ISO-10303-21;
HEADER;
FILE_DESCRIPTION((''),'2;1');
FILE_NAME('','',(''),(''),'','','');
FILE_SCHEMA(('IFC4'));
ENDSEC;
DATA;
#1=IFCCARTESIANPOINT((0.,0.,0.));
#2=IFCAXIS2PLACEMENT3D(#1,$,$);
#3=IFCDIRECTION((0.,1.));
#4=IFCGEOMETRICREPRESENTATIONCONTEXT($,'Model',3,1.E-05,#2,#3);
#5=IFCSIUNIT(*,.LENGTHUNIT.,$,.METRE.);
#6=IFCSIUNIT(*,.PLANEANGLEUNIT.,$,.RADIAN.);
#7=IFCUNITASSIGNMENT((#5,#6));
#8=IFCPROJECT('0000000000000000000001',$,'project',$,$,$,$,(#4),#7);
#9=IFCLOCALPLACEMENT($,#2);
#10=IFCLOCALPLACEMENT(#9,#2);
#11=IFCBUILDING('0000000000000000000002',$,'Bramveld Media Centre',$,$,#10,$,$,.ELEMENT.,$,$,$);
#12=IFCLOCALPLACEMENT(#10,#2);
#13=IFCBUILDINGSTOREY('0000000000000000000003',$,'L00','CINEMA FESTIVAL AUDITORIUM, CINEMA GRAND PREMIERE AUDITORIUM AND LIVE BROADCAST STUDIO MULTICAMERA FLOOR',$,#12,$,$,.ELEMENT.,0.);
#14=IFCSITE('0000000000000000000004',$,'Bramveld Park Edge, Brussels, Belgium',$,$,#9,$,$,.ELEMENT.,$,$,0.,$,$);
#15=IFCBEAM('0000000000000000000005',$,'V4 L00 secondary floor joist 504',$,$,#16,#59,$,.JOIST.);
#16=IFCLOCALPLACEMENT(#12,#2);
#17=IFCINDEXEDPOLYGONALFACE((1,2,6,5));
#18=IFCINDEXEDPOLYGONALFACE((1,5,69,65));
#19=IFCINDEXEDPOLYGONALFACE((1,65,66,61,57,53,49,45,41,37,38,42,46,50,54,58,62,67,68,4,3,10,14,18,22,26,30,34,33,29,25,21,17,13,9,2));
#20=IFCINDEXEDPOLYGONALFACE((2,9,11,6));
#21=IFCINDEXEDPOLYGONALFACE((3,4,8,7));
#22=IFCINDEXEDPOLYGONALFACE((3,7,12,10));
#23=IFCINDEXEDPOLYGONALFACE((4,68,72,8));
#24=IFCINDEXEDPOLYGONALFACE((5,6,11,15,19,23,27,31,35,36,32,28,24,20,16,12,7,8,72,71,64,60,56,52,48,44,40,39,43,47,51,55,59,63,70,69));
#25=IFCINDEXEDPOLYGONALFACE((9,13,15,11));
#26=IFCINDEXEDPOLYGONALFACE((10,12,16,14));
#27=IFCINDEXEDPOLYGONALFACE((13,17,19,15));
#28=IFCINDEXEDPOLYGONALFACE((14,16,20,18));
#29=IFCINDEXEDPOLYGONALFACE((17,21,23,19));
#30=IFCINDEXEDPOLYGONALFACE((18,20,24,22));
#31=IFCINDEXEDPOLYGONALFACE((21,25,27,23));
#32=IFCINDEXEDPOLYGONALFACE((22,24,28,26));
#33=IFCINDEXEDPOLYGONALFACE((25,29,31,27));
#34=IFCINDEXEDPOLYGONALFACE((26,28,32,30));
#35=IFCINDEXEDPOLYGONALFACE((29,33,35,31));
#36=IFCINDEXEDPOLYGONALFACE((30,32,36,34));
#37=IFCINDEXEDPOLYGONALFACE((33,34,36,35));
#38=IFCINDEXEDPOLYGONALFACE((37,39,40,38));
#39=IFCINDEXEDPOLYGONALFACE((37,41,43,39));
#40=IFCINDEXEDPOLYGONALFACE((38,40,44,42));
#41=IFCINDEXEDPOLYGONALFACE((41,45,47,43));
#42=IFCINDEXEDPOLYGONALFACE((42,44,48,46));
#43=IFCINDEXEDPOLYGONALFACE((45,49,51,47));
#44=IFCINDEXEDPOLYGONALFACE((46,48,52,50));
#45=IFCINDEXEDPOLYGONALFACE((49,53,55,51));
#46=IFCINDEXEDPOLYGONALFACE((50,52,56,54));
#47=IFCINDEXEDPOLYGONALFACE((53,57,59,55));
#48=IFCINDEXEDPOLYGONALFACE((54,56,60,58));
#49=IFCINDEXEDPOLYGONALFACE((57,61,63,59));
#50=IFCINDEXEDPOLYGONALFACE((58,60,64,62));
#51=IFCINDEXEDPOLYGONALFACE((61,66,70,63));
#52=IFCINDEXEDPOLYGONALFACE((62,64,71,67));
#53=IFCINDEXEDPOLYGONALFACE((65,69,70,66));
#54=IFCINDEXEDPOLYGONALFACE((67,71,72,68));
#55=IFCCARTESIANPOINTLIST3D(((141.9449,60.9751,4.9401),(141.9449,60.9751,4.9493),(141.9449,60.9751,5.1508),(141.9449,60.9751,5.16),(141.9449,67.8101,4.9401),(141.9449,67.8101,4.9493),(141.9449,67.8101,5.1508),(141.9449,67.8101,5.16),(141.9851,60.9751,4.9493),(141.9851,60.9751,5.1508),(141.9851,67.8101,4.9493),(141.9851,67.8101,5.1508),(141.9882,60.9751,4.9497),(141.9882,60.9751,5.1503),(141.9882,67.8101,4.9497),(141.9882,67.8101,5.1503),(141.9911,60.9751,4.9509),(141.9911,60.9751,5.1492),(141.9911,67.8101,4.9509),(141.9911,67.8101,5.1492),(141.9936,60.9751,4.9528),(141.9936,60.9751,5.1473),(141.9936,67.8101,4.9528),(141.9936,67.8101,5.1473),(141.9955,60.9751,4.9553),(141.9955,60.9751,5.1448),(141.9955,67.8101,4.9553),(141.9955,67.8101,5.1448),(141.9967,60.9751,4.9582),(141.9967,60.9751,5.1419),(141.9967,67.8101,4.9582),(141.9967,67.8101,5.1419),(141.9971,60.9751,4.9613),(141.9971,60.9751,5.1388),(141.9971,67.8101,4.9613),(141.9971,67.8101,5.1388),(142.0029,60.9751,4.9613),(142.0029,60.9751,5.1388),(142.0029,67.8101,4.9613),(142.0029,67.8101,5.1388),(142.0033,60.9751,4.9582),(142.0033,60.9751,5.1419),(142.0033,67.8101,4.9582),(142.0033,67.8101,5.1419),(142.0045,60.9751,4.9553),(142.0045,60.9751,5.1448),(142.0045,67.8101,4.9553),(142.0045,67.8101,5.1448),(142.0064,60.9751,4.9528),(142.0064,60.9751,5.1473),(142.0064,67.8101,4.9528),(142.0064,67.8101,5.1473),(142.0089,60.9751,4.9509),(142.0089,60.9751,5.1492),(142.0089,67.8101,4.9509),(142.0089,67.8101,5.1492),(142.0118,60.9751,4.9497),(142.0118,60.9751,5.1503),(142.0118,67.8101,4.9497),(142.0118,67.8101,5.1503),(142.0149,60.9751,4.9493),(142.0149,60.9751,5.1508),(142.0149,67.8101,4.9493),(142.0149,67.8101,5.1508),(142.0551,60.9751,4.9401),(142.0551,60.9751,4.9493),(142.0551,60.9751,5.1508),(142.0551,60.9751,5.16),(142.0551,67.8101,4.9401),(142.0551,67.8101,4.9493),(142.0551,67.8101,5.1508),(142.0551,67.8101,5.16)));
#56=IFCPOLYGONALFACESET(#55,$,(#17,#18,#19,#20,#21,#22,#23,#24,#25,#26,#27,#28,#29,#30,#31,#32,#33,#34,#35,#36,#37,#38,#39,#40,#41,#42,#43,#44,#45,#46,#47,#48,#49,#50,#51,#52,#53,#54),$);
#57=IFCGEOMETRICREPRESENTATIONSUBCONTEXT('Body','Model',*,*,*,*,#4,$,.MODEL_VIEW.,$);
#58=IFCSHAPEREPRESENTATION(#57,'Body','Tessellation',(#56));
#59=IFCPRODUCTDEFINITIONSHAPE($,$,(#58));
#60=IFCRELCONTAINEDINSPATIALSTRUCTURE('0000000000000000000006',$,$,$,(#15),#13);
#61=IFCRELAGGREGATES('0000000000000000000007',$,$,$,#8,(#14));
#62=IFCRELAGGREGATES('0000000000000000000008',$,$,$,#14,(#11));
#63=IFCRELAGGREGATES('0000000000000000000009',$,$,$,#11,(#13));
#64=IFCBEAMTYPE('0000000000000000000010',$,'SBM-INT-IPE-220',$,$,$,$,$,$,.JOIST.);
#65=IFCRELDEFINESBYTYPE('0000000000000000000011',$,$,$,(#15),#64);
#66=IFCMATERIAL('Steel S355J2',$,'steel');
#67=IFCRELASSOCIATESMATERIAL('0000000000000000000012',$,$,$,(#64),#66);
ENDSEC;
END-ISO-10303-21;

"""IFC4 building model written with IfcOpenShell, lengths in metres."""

from ifc_helpers import new_model, si_unit, direction, frame, origin, origin_2d, place, context, subcontext, project, spatial, i_section, extrude, material, material_profile, profile_set, type_object, element, save


model = new_model("IFC4")

# Units and contexts
model_context = context("Model", 3, precision=1e-05, world=origin(), true_north=direction((0.0, 1.0)))
body_context = subcontext(model_context, "Body", "Model", "MODEL_VIEW")
ifc_project = project(units=[si_unit("LENGTHUNIT", "METRE"), si_unit("PLANEANGLEUNIT", "RADIAN")], contexts=[model_context])

# Site, building, storey
site_placement = place(None, origin())
site = spatial("IfcSite", under=ifc_project, at=site_placement, Name="Bramveld Park Edge, Brussels, Belgium", CompositionType="ELEMENT", RefElevation=0.0)
building_placement = place(site_placement, origin())
building = spatial("IfcBuilding", under=site, at=building_placement, Name="Bramveld Media Centre", CompositionType="ELEMENT")
storey_placement = place(building_placement, origin())
storey = spatial("IfcBuildingStorey", under=building, at=storey_placement, Name="L00", Description="CINEMA FESTIVAL AUDITORIUM, CINEMA GRAND PREMIERE AUDITORIUM AND LIVE BROADCAST STUDIO MULTICAMERA FLOOR", CompositionType="ELEMENT", Elevation=0.0)

# Beam
ifc_material_1 = material(Name="Steel S355J2", Category="steel")
ifc_material_profile_1 = material_profile(ifc_material_1, i_section(OverallWidth=0.1101, OverallDepth=0.22, WebThickness=0.0059, FlangeThickness=0.0093, FilletRadius=0.012, at=origin_2d()), Name="IPE 220")
ifc_profile_set_1 = profile_set([ifc_material_profile_1], Name="Steel S355J2")
beam_type_1 = type_object("IfcBeamType", Name="SBM-INT-IPE-220", PredefinedType="JOIST", material=ifc_profile_set_1)
beam_1_placement = place(storey_placement, frame((142.0, 60.9751, 5.05), z_axis=(0.0, 1.0, 0.0), x_axis=(-1.0, 0.0, 0.0)))
element("IfcBeam", 1, at=beam_1_placement, inside=storey, type_object=beam_type_1, Name="V4 L00 secondary floor joist 504", PredefinedType="JOIST", context=body_context, shape_type="SweptSolid", body=[
    extrude(i_section(OverallWidth=0.1101, OverallDepth=0.22, WebThickness=0.0059, FlangeThickness=0.0093, FilletRadius=0.012, at=origin_2d()), origin(), (0.0, 0.0, 1.0), 6.835),
])

save(model, "model.ifc")
